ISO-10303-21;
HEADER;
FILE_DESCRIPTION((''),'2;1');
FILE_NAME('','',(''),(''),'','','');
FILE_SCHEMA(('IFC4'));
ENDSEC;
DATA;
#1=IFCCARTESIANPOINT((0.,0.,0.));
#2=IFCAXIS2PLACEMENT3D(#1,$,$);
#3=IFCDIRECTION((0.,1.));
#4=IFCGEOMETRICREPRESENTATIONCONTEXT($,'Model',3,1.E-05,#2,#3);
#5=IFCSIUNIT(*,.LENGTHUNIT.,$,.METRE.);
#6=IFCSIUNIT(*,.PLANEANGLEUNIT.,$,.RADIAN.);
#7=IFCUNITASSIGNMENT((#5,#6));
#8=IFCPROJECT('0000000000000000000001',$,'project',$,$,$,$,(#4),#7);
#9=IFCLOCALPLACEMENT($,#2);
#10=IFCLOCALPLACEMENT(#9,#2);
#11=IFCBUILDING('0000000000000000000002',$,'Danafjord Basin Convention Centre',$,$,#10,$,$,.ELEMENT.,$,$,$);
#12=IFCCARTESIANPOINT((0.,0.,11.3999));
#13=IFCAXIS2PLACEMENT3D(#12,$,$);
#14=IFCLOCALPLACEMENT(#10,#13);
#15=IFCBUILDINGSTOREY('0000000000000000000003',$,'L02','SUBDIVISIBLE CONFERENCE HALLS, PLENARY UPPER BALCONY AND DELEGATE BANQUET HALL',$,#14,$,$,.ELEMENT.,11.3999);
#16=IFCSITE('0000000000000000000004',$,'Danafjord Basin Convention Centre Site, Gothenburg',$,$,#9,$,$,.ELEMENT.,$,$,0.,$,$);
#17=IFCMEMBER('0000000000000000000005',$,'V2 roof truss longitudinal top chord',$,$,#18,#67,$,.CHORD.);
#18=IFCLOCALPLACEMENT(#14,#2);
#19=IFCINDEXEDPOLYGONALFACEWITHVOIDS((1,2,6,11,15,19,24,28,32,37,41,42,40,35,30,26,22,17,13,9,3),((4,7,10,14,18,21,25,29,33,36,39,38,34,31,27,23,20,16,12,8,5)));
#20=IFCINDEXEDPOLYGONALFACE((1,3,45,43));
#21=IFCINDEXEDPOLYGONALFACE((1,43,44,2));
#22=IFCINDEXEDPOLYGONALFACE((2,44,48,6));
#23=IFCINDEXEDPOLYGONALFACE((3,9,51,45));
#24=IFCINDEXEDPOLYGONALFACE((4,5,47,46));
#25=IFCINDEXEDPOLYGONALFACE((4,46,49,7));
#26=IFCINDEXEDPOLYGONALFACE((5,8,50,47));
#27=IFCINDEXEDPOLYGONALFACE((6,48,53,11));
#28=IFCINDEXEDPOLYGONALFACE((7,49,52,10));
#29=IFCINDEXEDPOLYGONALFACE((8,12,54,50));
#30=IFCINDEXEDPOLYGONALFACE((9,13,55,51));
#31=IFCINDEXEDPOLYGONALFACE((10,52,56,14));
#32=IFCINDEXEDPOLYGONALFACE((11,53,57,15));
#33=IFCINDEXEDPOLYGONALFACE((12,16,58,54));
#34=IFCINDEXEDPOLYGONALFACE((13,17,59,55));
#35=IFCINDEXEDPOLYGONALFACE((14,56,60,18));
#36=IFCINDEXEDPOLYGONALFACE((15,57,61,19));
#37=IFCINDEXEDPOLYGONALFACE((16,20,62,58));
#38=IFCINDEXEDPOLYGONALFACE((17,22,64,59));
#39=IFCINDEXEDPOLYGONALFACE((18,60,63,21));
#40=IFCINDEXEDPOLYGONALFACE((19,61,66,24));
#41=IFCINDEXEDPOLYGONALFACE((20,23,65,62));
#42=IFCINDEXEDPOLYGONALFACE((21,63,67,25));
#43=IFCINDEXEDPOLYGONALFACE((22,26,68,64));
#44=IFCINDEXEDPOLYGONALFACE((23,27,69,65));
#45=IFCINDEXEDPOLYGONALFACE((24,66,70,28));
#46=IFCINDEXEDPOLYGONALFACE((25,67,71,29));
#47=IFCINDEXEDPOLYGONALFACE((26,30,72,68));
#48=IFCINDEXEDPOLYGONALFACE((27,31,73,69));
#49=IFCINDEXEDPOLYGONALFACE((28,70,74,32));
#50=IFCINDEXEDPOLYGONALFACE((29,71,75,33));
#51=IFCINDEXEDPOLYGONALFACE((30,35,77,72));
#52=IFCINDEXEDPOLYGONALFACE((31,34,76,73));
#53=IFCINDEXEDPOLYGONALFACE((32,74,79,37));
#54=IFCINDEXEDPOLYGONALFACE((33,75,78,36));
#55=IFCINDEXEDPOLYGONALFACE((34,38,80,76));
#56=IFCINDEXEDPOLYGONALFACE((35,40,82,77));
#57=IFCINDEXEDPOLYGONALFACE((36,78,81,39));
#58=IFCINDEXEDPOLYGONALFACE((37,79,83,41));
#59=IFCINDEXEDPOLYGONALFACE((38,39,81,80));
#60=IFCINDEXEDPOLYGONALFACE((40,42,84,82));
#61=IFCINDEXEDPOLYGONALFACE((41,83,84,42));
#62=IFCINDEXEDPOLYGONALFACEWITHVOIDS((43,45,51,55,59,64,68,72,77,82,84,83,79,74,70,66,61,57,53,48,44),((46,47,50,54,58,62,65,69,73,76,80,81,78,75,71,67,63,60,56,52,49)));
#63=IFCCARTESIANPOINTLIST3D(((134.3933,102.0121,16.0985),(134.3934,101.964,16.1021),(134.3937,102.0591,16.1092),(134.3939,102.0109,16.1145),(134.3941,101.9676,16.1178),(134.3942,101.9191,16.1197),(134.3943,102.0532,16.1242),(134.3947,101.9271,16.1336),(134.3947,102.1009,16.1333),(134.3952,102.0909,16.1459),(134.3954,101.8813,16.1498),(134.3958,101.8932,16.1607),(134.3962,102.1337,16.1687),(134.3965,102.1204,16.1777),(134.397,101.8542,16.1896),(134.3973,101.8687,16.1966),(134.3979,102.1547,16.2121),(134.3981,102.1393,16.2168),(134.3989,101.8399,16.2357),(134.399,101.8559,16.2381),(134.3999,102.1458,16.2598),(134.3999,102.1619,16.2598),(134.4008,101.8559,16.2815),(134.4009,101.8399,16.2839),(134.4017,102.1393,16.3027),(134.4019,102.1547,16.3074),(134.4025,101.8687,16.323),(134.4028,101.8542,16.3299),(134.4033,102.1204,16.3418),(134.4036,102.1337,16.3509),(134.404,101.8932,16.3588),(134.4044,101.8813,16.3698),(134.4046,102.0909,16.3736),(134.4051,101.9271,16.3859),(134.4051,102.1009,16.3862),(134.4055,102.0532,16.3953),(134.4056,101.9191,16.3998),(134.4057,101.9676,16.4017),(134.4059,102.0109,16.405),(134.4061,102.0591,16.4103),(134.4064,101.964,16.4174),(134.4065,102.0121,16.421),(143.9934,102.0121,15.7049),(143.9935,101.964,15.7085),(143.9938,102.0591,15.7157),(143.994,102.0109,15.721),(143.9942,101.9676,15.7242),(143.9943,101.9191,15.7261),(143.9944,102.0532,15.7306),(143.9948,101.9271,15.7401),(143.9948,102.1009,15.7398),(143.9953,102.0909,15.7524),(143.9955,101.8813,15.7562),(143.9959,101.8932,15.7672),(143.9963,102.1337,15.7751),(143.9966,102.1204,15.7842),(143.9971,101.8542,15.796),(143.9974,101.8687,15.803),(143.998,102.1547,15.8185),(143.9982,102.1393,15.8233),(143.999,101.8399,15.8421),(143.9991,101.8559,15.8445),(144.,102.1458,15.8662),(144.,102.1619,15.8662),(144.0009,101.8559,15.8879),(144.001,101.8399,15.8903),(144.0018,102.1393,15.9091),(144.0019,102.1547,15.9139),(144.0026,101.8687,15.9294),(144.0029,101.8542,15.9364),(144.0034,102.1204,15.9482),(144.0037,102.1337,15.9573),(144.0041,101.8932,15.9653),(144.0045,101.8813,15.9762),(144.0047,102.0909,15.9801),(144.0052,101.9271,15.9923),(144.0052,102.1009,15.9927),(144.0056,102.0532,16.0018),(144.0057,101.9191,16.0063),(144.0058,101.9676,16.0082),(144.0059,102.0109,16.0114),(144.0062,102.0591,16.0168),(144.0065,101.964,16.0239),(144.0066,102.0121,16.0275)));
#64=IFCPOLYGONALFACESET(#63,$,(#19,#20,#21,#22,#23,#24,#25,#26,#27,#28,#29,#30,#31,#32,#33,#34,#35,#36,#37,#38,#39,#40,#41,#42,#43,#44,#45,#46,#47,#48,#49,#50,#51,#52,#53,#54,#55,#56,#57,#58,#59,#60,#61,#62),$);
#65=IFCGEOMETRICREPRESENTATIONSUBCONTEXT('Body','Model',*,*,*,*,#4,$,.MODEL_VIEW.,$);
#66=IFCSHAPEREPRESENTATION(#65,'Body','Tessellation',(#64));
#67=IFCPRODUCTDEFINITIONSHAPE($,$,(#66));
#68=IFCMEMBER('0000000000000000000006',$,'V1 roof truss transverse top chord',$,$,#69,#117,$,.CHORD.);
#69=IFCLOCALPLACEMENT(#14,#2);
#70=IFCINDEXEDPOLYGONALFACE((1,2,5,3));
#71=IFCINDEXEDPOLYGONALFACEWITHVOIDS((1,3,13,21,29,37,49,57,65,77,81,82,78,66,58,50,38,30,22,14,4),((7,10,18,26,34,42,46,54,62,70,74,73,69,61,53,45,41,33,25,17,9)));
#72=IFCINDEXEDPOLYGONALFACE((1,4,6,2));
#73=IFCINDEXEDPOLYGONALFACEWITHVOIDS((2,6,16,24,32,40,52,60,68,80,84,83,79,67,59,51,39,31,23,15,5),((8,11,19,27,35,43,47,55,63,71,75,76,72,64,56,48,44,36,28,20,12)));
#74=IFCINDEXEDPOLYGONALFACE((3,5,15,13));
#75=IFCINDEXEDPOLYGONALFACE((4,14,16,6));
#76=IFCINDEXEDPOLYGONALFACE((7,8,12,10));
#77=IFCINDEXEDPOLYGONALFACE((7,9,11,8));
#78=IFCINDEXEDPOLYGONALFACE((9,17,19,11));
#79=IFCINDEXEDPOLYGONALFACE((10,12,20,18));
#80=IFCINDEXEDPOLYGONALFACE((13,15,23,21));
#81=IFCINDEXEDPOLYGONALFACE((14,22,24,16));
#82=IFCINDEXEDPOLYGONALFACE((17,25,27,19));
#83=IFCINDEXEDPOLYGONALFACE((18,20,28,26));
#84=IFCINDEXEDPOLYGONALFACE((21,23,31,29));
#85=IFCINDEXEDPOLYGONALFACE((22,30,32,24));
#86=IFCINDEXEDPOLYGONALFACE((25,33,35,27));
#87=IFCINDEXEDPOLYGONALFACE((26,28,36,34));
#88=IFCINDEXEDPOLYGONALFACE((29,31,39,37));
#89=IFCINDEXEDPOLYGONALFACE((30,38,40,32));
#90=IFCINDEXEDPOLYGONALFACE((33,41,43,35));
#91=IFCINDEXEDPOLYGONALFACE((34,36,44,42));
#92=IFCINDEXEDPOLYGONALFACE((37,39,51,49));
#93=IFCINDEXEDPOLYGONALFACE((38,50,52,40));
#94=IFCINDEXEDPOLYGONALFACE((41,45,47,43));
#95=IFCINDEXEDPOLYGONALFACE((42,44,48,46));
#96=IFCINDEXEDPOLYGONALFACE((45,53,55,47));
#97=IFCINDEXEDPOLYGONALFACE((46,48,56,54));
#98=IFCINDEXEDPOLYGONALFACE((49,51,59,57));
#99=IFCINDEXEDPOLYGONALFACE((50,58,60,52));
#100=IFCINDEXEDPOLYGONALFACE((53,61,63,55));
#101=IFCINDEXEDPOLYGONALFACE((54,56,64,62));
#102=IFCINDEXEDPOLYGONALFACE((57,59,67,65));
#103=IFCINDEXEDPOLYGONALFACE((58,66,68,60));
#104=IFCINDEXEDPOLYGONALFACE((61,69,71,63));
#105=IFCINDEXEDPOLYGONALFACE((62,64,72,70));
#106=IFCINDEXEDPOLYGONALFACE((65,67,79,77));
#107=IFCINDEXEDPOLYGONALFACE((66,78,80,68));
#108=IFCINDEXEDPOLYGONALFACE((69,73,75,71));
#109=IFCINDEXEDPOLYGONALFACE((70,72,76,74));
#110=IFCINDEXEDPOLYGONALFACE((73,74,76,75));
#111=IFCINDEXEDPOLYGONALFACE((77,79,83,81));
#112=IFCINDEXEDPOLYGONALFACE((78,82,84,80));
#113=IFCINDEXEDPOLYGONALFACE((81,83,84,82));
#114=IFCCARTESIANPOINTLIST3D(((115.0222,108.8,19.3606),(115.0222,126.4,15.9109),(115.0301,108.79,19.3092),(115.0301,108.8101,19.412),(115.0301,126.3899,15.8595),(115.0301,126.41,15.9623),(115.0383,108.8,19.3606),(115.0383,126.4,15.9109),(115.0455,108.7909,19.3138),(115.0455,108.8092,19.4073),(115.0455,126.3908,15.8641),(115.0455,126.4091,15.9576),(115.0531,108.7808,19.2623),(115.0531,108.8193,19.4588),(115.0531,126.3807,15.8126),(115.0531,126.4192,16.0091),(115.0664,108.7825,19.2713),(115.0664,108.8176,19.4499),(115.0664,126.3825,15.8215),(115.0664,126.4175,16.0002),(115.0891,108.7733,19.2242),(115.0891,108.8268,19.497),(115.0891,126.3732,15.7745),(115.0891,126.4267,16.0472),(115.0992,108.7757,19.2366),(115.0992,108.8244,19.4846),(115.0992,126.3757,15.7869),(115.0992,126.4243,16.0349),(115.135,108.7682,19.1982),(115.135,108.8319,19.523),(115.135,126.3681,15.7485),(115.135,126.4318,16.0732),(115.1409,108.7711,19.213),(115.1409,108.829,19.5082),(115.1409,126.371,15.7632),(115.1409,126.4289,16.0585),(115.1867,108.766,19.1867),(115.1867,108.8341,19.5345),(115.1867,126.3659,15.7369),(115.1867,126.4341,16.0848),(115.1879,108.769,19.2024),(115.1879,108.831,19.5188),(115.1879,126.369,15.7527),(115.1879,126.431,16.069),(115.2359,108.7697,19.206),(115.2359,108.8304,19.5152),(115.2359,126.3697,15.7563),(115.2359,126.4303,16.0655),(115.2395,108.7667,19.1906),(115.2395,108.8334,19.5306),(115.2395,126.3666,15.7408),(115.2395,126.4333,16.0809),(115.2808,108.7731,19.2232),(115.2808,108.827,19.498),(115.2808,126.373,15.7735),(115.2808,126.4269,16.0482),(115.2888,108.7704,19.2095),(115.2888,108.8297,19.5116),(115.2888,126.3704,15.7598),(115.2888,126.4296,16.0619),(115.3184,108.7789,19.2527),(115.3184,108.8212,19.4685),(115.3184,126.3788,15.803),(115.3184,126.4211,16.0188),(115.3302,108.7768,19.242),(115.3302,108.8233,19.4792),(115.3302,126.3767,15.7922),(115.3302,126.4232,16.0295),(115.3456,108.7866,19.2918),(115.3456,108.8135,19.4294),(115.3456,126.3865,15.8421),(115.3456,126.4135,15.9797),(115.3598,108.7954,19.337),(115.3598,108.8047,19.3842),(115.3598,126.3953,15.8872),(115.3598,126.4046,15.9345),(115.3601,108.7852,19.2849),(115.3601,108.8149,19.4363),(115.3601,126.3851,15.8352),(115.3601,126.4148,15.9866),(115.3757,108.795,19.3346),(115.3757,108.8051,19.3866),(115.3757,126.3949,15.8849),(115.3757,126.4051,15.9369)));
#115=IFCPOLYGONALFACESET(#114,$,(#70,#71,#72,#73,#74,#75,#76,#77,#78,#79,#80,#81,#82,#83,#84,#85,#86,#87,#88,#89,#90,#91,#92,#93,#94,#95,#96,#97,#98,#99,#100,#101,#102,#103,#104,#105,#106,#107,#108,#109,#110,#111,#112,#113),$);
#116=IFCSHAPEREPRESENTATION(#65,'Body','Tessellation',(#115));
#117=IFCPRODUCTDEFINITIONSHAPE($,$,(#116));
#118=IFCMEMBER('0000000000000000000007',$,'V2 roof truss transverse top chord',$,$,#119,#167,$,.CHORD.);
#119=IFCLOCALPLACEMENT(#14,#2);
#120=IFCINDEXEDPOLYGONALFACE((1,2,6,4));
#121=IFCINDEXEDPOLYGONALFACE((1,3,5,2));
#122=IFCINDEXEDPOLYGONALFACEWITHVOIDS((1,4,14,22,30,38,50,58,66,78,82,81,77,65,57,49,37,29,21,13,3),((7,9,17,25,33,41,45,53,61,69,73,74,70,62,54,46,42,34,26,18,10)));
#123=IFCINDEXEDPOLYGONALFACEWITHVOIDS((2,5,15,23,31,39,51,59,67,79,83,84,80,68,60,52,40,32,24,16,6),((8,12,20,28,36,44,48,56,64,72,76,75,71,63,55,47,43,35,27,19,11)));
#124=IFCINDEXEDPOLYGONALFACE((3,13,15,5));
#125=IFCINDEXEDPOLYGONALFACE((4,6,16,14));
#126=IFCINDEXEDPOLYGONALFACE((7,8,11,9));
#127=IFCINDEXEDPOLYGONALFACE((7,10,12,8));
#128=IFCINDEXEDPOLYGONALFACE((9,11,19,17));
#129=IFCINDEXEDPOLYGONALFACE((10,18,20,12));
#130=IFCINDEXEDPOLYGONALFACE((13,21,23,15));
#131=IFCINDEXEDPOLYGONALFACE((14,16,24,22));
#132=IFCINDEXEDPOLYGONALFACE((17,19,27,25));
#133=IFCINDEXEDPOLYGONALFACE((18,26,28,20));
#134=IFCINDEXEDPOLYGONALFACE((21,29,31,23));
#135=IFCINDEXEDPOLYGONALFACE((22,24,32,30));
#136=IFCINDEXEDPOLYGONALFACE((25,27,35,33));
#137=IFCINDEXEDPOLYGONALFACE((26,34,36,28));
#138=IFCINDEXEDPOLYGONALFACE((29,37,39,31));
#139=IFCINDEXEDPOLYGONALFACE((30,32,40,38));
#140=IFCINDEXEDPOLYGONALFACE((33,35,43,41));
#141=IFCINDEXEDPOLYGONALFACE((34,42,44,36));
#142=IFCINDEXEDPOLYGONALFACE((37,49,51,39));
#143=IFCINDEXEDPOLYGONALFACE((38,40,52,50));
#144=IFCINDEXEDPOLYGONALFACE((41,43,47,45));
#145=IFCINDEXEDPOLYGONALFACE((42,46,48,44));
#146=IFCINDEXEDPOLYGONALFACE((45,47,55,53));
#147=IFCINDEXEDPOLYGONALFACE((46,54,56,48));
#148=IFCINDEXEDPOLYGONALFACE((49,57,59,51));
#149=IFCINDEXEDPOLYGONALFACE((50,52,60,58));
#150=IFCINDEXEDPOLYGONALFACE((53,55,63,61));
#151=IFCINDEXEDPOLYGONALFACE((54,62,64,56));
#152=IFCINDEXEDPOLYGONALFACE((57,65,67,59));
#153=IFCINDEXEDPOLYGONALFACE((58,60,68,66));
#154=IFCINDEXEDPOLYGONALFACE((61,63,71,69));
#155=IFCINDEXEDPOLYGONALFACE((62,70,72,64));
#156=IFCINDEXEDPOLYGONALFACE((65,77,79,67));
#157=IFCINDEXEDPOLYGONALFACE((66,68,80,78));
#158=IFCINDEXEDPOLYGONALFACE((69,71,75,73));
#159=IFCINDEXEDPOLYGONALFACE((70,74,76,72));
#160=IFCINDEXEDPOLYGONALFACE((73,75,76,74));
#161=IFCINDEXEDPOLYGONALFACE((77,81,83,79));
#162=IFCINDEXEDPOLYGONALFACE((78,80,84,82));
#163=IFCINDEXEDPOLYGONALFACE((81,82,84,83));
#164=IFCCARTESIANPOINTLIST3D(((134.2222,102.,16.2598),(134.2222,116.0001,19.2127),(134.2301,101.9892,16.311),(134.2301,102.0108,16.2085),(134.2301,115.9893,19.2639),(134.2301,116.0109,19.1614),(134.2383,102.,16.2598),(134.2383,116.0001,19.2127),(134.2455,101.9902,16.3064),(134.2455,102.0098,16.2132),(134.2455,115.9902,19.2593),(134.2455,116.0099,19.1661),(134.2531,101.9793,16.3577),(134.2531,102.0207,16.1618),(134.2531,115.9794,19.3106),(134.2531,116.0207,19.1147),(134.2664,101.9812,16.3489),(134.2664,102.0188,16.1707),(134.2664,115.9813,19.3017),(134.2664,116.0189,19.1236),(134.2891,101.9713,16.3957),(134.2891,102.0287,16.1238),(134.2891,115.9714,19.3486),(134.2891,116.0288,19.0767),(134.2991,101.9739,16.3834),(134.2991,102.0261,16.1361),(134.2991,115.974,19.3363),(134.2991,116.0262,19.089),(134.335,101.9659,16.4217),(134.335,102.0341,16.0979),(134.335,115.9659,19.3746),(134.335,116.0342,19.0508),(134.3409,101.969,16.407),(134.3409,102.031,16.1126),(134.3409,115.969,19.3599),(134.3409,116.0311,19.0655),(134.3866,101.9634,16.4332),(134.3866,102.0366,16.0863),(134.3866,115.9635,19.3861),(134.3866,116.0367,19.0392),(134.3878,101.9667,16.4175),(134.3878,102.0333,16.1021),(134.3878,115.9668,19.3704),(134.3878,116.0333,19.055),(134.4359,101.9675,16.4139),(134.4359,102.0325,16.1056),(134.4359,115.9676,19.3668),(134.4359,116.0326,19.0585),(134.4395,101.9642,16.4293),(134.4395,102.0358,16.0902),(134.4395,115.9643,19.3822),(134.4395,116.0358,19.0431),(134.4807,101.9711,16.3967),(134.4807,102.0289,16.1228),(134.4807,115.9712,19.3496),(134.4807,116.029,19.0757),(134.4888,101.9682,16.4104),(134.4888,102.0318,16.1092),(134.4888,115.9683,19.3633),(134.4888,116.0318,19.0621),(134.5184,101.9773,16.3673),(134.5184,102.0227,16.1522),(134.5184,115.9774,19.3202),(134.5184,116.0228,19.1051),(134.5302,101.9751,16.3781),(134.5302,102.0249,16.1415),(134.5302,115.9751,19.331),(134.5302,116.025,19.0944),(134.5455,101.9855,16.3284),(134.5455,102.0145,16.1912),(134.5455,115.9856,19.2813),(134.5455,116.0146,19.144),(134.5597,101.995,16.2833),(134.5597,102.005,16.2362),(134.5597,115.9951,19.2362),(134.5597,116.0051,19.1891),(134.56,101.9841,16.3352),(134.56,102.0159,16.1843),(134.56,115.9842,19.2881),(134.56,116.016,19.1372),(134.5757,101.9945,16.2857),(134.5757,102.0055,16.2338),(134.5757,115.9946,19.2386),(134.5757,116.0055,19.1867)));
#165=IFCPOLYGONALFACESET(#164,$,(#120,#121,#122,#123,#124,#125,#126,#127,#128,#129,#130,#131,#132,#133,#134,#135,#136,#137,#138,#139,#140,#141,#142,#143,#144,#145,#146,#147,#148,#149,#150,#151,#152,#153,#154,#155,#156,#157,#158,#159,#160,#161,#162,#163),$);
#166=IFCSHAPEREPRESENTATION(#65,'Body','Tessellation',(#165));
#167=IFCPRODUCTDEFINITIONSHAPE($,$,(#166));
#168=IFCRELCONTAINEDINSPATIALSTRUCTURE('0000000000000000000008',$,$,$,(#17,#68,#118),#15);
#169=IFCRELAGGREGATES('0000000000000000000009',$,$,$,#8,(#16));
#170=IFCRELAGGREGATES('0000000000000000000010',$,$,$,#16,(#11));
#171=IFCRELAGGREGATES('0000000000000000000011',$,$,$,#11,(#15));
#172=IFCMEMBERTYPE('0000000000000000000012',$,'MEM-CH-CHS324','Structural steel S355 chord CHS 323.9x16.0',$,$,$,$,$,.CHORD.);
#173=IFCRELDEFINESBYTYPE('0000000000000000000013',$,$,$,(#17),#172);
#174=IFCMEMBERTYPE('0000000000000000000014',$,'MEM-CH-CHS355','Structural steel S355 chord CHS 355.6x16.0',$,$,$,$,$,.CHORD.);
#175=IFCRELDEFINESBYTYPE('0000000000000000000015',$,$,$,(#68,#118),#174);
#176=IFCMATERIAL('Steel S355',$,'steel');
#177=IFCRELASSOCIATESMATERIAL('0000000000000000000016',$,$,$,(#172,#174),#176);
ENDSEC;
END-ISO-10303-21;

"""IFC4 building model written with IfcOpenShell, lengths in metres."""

from ifc_helpers import new_model, si_unit, direction, frame, origin, origin_2d, place, context, subcontext, project, spatial, hollow_circle, extrude, material, material_profile, profile_set, type_object, element, save


model = new_model("IFC4")

# Units and contexts
model_context = context("Model", 3, precision=1e-05, world=origin(), true_north=direction((0.0, 1.0)))
body_context = subcontext(model_context, "Body", "Model", "MODEL_VIEW")
ifc_project = project(units=[si_unit("LENGTHUNIT", "METRE"), si_unit("PLANEANGLEUNIT", "RADIAN")], contexts=[model_context])

# Site, building, storey
site_placement = place(None, origin())
site = spatial("IfcSite", under=ifc_project, at=site_placement, Name="Danafjord Basin Convention Centre Site, Gothenburg", CompositionType="ELEMENT", RefElevation=0.0)
building_placement = place(site_placement, origin())
building = spatial("IfcBuilding", under=site, at=building_placement, Name="Danafjord Basin Convention Centre", CompositionType="ELEMENT")
storey_placement = place(building_placement, frame((0.0, 0.0, 11.3999)))
storey = spatial("IfcBuildingStorey", under=building, at=storey_placement, Name="L02", Description="SUBDIVISIBLE CONFERENCE HALLS, PLENARY UPPER BALCONY AND DELEGATE BANQUET HALL", CompositionType="ELEMENT", Elevation=11.3999)

# Shared definitions
ifc_material_1 = material(Name="Steel S355", Category="steel")

# Members
ifc_material_profile_1 = material_profile(ifc_material_1, hollow_circle(Radius=0.1619, WallThickness=0.0161, at=origin_2d()), Name="CHS 323.9x16.0")
ifc_profile_set_1 = profile_set([ifc_material_profile_1], Name="Steel S355")
member_type_1 = type_object("IfcMemberType", Name="MEM-CH-CHS324", Description="Structural steel S355 chord CHS 323.9x16.0", PredefinedType="CHORD", material=ifc_profile_set_1)
member_1_placement = place(storey_placement, frame((134.3999, 102.0, 16.2598), z_axis=(0.999161, 0.0, -0.04096), x_axis=(0.0, 1.0, 0.0)))
element("IfcMember", 1, at=member_1_placement, inside=storey, type_object=member_type_1, Name="V2 roof truss longitudinal top chord", PredefinedType="CHORD", context=body_context, shape_type="SweptSolid", body=[
    extrude(hollow_circle(Radius=0.1619, WallThickness=0.0161, at=origin_2d()), origin(), (0.0, 0.0, 1.0), 9.6082),
])
ifc_material_profile_2 = material_profile(ifc_material_1, hollow_circle(Radius=0.1777, WallThickness=0.0161, at=origin_2d()), Name="CHS 355.6x16.0")
ifc_profile_set_2 = profile_set([ifc_material_profile_2], Name="Steel S355")
member_type_2 = type_object("IfcMemberType", Name="MEM-CH-CHS355", Description="Structural steel S355 chord CHS 355.6x16.0", PredefinedType="CHORD", material=ifc_profile_set_2)
member_2_placement = place(storey_placement, frame((115.2, 108.8, 19.3606), z_axis=(0.0, 0.981327, -0.192348), x_axis=(-1.0, 0.0, 0.0)))
element("IfcMember", 2, at=member_2_placement, inside=storey, type_object=member_type_2, Name="V1 roof truss transverse top chord", PredefinedType="CHORD", context=body_context, shape_type="SweptSolid", body=[
    extrude(hollow_circle(Radius=0.1777, WallThickness=0.0161, at=origin_2d()), origin(), (0.0, 0.0, 1.0), 17.9348),
])
member_3_placement = place(storey_placement, frame((134.3999, 102.0, 16.2598), z_axis=(0.0, 0.978472, 0.206379), x_axis=(-1.0, 0.0, 0.0)))
element("IfcMember", 3, at=member_3_placement, inside=storey, type_object=member_type_2, Name="V2 roof truss transverse top chord", PredefinedType="CHORD", context=body_context, shape_type="SweptSolid", body=[
    extrude(hollow_circle(Radius=0.1777, WallThickness=0.0161, at=origin_2d()), origin(), (0.0, 0.0, 1.0), 14.3081),
])

save(model, "model.ifc")
